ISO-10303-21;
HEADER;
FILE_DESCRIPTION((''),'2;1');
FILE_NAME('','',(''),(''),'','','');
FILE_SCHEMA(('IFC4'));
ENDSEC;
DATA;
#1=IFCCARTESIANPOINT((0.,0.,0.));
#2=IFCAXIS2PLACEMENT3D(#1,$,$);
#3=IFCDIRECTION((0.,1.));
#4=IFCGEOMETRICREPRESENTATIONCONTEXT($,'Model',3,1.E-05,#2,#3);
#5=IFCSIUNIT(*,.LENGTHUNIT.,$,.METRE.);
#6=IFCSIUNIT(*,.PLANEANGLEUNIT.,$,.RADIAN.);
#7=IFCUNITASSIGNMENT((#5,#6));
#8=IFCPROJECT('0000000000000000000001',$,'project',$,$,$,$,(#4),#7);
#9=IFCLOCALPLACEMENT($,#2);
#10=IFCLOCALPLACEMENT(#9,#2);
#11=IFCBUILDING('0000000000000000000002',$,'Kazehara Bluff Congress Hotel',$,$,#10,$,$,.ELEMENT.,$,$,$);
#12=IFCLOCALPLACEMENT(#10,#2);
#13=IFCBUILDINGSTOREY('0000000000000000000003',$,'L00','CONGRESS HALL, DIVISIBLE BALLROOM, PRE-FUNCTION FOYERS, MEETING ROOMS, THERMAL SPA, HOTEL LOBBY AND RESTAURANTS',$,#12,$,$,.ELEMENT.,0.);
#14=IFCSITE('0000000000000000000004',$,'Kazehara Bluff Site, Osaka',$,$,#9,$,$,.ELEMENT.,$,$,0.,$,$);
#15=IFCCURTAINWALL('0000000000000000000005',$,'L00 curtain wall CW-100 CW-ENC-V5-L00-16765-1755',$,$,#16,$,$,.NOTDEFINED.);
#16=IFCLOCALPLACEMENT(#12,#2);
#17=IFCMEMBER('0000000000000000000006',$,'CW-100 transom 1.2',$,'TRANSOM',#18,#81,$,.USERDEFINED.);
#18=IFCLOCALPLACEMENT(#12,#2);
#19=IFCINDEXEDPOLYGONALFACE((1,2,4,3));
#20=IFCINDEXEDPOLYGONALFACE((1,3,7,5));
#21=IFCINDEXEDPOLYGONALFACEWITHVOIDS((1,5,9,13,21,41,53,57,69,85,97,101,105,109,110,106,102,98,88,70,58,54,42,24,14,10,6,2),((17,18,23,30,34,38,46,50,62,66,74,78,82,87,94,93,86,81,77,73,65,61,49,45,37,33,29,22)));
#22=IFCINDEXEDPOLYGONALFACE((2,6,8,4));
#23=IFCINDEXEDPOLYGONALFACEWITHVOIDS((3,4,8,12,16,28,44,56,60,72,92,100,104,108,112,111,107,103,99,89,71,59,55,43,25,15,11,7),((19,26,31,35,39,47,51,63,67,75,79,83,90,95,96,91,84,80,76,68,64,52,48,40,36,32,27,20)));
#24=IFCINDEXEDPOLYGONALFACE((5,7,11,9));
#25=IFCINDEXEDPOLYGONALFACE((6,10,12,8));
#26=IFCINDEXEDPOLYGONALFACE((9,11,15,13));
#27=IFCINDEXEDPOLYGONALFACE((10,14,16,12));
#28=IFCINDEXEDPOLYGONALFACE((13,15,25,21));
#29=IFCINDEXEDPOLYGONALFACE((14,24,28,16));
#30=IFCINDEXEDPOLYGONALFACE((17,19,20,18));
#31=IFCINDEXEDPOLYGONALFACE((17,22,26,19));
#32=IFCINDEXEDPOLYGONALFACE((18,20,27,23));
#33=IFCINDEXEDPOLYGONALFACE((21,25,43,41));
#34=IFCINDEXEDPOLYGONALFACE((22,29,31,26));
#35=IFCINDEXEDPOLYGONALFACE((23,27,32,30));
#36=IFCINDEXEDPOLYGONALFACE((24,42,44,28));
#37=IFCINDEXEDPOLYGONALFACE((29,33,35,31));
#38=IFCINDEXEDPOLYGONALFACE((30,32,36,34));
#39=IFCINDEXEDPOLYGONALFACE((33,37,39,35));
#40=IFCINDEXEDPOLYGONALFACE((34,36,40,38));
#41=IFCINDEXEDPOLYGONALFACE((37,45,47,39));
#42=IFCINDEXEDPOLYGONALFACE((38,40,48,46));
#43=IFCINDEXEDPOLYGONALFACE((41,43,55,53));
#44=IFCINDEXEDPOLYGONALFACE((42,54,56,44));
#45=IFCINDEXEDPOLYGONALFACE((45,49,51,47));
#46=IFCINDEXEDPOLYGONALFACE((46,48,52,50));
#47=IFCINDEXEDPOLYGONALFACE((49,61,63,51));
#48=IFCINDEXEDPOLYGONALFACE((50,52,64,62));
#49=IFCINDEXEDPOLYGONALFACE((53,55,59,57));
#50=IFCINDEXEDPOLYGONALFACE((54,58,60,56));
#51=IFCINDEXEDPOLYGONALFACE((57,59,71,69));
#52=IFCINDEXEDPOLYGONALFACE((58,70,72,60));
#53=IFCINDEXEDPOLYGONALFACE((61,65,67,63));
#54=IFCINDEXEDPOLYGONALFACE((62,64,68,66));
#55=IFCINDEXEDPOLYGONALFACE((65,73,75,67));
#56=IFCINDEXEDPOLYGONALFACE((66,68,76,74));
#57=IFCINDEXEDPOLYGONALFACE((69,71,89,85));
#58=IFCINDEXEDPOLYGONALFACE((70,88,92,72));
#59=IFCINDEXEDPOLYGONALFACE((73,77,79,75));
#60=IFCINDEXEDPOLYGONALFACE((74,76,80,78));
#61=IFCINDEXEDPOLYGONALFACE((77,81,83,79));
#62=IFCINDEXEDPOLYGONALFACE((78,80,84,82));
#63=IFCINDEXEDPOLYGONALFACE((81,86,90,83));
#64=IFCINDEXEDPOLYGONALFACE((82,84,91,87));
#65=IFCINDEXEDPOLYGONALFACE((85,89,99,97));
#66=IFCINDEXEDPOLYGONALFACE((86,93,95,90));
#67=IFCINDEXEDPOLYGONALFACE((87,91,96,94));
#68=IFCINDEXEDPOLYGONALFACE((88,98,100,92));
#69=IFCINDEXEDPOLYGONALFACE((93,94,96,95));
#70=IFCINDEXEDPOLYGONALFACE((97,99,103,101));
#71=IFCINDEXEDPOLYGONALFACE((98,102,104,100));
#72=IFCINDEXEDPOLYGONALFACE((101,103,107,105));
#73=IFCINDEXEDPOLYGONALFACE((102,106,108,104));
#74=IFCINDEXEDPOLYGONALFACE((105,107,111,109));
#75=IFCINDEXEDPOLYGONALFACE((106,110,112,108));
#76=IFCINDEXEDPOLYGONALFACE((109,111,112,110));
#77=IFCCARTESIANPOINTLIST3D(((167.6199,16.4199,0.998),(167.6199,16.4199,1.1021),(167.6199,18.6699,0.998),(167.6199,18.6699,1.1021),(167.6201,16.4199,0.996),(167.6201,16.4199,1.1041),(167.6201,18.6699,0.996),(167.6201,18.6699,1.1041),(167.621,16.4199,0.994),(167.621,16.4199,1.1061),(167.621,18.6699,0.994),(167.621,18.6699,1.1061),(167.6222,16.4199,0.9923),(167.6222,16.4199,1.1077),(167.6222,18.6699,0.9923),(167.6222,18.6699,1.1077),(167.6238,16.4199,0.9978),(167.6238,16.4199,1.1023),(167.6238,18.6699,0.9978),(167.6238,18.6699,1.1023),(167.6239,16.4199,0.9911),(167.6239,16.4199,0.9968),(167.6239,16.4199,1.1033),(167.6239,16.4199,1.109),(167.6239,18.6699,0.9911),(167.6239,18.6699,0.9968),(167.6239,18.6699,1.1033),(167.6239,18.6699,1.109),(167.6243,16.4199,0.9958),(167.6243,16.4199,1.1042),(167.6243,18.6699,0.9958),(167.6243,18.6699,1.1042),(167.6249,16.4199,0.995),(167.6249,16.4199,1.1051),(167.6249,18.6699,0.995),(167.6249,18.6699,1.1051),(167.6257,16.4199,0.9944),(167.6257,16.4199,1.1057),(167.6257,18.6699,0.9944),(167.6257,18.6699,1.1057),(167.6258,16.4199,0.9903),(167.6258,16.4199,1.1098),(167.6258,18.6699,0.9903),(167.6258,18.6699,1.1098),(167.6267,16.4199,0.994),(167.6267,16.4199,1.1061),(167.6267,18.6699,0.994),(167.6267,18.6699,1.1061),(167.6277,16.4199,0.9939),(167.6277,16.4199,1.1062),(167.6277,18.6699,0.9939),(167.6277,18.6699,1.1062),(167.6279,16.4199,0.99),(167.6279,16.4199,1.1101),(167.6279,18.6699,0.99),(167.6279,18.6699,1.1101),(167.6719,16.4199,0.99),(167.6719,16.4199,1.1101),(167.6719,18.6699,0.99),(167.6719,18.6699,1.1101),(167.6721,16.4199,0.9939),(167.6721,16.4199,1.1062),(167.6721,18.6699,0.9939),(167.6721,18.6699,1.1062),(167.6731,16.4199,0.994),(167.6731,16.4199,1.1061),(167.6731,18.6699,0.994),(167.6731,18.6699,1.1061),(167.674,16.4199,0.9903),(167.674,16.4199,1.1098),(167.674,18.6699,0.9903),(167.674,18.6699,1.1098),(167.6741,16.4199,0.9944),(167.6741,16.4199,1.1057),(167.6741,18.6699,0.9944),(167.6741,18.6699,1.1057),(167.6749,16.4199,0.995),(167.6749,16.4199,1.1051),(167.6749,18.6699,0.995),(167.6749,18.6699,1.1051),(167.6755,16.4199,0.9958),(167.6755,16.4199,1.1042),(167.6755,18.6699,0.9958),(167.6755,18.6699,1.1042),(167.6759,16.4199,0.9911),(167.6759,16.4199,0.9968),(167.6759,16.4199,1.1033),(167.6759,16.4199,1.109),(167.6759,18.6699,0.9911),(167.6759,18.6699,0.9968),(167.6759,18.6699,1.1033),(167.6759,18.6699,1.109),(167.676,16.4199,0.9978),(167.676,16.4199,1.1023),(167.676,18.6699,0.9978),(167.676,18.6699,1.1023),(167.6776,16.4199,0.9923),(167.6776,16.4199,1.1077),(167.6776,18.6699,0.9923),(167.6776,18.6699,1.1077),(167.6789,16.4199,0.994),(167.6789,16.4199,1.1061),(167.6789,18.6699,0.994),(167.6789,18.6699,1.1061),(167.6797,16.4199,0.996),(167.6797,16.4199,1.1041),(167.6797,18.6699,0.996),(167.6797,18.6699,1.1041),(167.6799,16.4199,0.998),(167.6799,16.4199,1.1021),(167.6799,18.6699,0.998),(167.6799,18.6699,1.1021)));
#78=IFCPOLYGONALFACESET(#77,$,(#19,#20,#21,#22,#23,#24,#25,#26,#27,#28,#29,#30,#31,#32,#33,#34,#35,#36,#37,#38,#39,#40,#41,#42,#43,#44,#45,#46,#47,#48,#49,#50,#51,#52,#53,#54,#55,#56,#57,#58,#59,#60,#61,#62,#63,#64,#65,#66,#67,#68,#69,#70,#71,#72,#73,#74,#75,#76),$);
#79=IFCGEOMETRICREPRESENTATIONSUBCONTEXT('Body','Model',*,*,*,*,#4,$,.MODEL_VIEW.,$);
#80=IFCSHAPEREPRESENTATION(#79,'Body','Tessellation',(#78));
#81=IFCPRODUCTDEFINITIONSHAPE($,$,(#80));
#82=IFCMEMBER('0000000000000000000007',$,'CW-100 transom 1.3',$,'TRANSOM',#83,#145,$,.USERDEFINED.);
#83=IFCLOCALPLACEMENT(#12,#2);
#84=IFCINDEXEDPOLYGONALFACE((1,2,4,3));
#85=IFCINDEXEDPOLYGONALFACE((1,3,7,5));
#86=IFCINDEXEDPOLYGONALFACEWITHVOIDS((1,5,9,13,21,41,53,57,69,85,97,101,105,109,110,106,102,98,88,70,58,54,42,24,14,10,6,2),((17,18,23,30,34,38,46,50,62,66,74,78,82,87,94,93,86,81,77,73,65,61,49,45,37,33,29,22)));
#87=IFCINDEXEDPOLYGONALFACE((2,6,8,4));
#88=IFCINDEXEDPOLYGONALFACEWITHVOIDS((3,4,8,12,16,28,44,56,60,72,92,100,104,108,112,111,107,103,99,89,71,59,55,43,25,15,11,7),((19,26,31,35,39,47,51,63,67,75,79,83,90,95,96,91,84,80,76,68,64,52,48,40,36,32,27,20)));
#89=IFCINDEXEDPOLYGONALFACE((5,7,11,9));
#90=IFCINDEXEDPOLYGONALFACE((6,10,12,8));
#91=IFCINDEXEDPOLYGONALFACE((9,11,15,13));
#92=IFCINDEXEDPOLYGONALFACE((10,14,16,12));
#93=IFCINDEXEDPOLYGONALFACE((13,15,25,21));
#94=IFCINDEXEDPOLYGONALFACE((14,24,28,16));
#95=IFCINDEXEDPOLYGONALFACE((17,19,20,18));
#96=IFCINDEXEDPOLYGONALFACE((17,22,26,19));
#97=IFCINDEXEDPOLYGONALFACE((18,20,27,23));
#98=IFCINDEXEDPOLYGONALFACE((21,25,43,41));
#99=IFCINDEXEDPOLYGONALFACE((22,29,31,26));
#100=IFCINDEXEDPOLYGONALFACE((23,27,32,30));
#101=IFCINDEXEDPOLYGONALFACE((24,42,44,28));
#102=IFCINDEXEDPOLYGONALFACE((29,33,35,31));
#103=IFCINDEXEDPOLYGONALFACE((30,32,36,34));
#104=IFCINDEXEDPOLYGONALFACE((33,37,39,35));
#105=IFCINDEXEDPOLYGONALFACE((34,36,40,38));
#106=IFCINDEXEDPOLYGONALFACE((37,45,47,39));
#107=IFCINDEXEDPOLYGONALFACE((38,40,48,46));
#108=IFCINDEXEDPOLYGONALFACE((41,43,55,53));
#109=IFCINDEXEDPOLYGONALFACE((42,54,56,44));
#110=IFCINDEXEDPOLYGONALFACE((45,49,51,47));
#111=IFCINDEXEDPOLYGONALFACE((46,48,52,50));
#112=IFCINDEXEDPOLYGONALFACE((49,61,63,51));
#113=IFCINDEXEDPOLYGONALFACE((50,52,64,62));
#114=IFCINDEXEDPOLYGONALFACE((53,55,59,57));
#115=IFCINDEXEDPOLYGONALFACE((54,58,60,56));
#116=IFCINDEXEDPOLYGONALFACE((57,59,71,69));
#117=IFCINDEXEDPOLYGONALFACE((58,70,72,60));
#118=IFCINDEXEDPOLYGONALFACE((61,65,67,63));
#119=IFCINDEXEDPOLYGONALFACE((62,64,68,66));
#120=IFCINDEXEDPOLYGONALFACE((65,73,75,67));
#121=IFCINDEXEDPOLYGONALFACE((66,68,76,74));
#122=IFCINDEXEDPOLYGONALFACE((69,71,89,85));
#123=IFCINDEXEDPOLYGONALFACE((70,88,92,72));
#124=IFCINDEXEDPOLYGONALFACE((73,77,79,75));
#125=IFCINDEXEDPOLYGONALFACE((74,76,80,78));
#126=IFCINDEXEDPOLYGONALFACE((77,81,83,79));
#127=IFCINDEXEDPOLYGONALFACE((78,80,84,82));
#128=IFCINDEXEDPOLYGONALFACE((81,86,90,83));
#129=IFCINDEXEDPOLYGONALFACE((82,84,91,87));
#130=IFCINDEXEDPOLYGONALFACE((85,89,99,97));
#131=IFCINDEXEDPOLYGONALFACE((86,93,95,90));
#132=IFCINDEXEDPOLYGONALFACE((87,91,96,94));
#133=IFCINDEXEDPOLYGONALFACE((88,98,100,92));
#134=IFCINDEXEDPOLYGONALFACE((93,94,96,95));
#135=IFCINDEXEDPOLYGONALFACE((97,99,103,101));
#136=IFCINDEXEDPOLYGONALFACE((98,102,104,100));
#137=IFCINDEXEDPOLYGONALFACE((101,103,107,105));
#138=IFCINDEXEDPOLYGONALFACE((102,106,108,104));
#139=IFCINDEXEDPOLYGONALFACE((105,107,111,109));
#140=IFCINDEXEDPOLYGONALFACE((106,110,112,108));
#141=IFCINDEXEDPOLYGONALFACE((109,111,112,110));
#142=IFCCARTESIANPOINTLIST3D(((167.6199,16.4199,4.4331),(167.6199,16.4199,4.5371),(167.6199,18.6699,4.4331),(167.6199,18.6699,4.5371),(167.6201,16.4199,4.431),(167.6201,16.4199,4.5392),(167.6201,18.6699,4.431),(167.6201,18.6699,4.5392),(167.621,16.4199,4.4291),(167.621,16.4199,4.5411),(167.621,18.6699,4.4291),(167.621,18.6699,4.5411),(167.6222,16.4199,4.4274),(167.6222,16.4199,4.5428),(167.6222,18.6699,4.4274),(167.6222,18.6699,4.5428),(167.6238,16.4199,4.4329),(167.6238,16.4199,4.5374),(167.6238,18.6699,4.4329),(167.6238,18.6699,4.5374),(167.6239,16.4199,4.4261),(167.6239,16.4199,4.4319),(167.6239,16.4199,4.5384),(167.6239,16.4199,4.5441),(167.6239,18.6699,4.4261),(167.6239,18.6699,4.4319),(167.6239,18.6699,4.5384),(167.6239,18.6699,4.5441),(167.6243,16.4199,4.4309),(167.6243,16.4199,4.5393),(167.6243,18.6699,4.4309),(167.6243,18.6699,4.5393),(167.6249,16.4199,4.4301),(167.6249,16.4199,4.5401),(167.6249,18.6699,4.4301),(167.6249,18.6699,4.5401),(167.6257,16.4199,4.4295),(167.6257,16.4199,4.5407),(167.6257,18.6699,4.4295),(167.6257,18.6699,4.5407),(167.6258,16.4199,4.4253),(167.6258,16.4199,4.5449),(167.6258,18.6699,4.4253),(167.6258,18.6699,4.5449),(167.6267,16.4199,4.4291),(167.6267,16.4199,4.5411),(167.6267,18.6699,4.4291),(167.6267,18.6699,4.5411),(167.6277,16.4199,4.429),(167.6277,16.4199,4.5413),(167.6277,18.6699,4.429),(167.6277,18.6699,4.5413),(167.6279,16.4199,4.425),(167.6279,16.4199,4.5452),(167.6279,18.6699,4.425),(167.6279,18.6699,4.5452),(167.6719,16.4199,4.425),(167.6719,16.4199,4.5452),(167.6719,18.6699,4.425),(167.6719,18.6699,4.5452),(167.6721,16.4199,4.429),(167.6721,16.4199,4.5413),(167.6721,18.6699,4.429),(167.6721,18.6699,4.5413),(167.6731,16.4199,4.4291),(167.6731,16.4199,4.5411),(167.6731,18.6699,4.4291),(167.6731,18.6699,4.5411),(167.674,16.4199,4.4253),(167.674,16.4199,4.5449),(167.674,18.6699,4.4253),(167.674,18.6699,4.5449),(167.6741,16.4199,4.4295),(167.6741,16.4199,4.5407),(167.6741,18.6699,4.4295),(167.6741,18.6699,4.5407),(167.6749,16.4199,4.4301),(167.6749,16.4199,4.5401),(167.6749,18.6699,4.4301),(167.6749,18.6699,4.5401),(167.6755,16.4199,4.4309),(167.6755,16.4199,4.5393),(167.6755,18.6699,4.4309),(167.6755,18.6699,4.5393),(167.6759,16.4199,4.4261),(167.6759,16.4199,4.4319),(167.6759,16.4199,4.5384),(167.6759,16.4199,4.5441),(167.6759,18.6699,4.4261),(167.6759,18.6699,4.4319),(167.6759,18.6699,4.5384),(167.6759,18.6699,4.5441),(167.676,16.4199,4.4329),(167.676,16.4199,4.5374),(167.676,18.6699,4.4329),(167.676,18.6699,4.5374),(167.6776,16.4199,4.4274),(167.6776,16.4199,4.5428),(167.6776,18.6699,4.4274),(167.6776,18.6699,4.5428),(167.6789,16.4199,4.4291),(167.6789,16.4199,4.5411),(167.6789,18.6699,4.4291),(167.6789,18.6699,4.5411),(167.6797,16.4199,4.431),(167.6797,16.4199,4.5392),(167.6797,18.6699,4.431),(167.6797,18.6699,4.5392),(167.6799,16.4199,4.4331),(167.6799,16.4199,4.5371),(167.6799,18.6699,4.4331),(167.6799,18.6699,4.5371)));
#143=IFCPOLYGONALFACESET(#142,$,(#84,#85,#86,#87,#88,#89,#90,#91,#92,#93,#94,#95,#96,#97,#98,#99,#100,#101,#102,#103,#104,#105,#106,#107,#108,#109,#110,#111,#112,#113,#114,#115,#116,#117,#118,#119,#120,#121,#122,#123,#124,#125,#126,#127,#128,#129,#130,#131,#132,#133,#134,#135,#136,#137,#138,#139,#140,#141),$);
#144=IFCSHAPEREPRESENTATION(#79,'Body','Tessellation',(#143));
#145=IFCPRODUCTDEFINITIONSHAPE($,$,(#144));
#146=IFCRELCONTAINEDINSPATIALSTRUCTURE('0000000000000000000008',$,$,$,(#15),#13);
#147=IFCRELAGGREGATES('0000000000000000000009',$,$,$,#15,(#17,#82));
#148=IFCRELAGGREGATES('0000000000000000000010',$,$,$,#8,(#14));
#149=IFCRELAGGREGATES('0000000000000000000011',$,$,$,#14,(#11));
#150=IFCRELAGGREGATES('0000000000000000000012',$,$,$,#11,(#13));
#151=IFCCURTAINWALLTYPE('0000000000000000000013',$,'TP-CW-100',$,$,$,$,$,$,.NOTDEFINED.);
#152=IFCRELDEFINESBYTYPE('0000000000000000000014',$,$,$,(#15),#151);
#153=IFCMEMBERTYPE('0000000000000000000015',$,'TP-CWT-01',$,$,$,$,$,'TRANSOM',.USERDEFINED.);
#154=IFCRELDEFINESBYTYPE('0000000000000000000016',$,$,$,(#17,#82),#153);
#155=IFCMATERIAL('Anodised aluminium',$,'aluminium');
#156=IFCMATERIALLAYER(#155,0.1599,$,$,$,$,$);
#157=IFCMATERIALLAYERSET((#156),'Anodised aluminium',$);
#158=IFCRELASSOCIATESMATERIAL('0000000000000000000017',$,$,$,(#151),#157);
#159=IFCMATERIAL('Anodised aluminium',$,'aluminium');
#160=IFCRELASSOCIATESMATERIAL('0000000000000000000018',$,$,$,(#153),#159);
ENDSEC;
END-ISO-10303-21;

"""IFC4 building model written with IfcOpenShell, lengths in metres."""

from ifc_helpers import new_model, si_unit, direction, frame, origin, origin_2d, place, context, subcontext, project, spatial, hollow_rectangle, extrude, material, layer, layer_set, material_profile, profile_set, type_object, element, aggregate, save


model = new_model("IFC4")

# Units and contexts
model_context = context("Model", 3, precision=1e-05, world=origin(), true_north=direction((0.0, 1.0)))
body_context = subcontext(model_context, "Body", "Model", "MODEL_VIEW")
ifc_project = project(units=[si_unit("LENGTHUNIT", "METRE"), si_unit("PLANEANGLEUNIT", "RADIAN")], contexts=[model_context])

# Site, building, storey
site_placement = place(None, origin())
site = spatial("IfcSite", under=ifc_project, at=site_placement, Name="Kazehara Bluff Site, Osaka", CompositionType="ELEMENT", RefElevation=0.0)
building_placement = place(site_placement, origin())
building = spatial("IfcBuilding", under=site, at=building_placement, Name="Kazehara Bluff Congress Hotel", CompositionType="ELEMENT")
storey_placement = place(building_placement, origin())
storey = spatial("IfcBuildingStorey", under=building, at=storey_placement, Name="L00", Description="CONGRESS HALL, DIVISIBLE BALLROOM, PRE-FUNCTION FOYERS, MEETING ROOMS, THERMAL SPA, HOTEL LOBBY AND RESTAURANTS", CompositionType="ELEMENT", Elevation=0.0)

# Curtain wall, members
ifc_material_1 = material(Name="Anodised aluminium", Category="aluminium")
ifc_layer_1 = layer(ifc_material_1, 0.1599)
ifc_layer_set_1 = layer_set([ifc_layer_1], Name="Anodised aluminium")
curtain_wall_type = type_object("IfcCurtainWallType", Name="TP-CW-100", PredefinedType="NOTDEFINED", material=ifc_layer_set_1)
curtain_wall_placement = place(storey_placement, origin())
curtain_wall = element("IfcCurtainWall", 1, at=curtain_wall_placement, inside=storey, type_object=curtain_wall_type, Name="L00 curtain wall CW-100 CW-ENC-V5-L00-16765-1755", PredefinedType="NOTDEFINED")
ifc_material_2 = material(Name="Anodised aluminium", Category="aluminium")
ifc_material_profile_1 = material_profile(ifc_material_2, hollow_rectangle(XDim=0.0601, YDim=0.1201, WallThickness=0.0039, InnerFilletRadius=0.0039, OuterFilletRadius=0.0081, at=origin_2d()))
ifc_profile_set_1 = profile_set([ifc_material_profile_1], Name="Anodised aluminium")
member_type_1 = type_object("IfcMemberType", Name="TP-CWT-01", ElementType="TRANSOM", PredefinedType="USERDEFINED", material=ifc_profile_set_1)
member_1_placement = place(storey_placement, frame((167.6499, 18.6699, 1.05), z_axis=(0.0, -1.0, 0.0), x_axis=(1.0, 0.0, 0.0)))
member_1 = element("IfcMember", 2, at=member_1_placement, type_object=member_type_1, Name="CW-100 transom 1.2", ObjectType="TRANSOM", PredefinedType="USERDEFINED", context=body_context, shape_type="SweptSolid", body=[
    extrude(hollow_rectangle(XDim=0.0601, YDim=0.1201, WallThickness=0.0039, InnerFilletRadius=0.0039, OuterFilletRadius=0.0081, at=origin_2d()), origin(), (0.0, 0.0, 1.0), 2.25),
])
member_2_placement = place(storey_placement, frame((167.6499, 18.6699, 4.4851), z_axis=(0.0, -1.0, 0.0), x_axis=(1.0, 0.0, 0.0)))
member_2 = element("IfcMember", 3, at=member_2_placement, type_object=member_type_1, Name="CW-100 transom 1.3", ObjectType="TRANSOM", PredefinedType="USERDEFINED", context=body_context, shape_type="SweptSolid", body=[
    extrude(hollow_rectangle(XDim=0.0601, YDim=0.1201, WallThickness=0.0039, InnerFilletRadius=0.0039, OuterFilletRadius=0.0081, at=origin_2d()), origin(), (0.0, 0.0, 1.0), 2.25),
])

aggregate(curtain_wall, [member_1, member_2])

save(model, "model.ifc")
